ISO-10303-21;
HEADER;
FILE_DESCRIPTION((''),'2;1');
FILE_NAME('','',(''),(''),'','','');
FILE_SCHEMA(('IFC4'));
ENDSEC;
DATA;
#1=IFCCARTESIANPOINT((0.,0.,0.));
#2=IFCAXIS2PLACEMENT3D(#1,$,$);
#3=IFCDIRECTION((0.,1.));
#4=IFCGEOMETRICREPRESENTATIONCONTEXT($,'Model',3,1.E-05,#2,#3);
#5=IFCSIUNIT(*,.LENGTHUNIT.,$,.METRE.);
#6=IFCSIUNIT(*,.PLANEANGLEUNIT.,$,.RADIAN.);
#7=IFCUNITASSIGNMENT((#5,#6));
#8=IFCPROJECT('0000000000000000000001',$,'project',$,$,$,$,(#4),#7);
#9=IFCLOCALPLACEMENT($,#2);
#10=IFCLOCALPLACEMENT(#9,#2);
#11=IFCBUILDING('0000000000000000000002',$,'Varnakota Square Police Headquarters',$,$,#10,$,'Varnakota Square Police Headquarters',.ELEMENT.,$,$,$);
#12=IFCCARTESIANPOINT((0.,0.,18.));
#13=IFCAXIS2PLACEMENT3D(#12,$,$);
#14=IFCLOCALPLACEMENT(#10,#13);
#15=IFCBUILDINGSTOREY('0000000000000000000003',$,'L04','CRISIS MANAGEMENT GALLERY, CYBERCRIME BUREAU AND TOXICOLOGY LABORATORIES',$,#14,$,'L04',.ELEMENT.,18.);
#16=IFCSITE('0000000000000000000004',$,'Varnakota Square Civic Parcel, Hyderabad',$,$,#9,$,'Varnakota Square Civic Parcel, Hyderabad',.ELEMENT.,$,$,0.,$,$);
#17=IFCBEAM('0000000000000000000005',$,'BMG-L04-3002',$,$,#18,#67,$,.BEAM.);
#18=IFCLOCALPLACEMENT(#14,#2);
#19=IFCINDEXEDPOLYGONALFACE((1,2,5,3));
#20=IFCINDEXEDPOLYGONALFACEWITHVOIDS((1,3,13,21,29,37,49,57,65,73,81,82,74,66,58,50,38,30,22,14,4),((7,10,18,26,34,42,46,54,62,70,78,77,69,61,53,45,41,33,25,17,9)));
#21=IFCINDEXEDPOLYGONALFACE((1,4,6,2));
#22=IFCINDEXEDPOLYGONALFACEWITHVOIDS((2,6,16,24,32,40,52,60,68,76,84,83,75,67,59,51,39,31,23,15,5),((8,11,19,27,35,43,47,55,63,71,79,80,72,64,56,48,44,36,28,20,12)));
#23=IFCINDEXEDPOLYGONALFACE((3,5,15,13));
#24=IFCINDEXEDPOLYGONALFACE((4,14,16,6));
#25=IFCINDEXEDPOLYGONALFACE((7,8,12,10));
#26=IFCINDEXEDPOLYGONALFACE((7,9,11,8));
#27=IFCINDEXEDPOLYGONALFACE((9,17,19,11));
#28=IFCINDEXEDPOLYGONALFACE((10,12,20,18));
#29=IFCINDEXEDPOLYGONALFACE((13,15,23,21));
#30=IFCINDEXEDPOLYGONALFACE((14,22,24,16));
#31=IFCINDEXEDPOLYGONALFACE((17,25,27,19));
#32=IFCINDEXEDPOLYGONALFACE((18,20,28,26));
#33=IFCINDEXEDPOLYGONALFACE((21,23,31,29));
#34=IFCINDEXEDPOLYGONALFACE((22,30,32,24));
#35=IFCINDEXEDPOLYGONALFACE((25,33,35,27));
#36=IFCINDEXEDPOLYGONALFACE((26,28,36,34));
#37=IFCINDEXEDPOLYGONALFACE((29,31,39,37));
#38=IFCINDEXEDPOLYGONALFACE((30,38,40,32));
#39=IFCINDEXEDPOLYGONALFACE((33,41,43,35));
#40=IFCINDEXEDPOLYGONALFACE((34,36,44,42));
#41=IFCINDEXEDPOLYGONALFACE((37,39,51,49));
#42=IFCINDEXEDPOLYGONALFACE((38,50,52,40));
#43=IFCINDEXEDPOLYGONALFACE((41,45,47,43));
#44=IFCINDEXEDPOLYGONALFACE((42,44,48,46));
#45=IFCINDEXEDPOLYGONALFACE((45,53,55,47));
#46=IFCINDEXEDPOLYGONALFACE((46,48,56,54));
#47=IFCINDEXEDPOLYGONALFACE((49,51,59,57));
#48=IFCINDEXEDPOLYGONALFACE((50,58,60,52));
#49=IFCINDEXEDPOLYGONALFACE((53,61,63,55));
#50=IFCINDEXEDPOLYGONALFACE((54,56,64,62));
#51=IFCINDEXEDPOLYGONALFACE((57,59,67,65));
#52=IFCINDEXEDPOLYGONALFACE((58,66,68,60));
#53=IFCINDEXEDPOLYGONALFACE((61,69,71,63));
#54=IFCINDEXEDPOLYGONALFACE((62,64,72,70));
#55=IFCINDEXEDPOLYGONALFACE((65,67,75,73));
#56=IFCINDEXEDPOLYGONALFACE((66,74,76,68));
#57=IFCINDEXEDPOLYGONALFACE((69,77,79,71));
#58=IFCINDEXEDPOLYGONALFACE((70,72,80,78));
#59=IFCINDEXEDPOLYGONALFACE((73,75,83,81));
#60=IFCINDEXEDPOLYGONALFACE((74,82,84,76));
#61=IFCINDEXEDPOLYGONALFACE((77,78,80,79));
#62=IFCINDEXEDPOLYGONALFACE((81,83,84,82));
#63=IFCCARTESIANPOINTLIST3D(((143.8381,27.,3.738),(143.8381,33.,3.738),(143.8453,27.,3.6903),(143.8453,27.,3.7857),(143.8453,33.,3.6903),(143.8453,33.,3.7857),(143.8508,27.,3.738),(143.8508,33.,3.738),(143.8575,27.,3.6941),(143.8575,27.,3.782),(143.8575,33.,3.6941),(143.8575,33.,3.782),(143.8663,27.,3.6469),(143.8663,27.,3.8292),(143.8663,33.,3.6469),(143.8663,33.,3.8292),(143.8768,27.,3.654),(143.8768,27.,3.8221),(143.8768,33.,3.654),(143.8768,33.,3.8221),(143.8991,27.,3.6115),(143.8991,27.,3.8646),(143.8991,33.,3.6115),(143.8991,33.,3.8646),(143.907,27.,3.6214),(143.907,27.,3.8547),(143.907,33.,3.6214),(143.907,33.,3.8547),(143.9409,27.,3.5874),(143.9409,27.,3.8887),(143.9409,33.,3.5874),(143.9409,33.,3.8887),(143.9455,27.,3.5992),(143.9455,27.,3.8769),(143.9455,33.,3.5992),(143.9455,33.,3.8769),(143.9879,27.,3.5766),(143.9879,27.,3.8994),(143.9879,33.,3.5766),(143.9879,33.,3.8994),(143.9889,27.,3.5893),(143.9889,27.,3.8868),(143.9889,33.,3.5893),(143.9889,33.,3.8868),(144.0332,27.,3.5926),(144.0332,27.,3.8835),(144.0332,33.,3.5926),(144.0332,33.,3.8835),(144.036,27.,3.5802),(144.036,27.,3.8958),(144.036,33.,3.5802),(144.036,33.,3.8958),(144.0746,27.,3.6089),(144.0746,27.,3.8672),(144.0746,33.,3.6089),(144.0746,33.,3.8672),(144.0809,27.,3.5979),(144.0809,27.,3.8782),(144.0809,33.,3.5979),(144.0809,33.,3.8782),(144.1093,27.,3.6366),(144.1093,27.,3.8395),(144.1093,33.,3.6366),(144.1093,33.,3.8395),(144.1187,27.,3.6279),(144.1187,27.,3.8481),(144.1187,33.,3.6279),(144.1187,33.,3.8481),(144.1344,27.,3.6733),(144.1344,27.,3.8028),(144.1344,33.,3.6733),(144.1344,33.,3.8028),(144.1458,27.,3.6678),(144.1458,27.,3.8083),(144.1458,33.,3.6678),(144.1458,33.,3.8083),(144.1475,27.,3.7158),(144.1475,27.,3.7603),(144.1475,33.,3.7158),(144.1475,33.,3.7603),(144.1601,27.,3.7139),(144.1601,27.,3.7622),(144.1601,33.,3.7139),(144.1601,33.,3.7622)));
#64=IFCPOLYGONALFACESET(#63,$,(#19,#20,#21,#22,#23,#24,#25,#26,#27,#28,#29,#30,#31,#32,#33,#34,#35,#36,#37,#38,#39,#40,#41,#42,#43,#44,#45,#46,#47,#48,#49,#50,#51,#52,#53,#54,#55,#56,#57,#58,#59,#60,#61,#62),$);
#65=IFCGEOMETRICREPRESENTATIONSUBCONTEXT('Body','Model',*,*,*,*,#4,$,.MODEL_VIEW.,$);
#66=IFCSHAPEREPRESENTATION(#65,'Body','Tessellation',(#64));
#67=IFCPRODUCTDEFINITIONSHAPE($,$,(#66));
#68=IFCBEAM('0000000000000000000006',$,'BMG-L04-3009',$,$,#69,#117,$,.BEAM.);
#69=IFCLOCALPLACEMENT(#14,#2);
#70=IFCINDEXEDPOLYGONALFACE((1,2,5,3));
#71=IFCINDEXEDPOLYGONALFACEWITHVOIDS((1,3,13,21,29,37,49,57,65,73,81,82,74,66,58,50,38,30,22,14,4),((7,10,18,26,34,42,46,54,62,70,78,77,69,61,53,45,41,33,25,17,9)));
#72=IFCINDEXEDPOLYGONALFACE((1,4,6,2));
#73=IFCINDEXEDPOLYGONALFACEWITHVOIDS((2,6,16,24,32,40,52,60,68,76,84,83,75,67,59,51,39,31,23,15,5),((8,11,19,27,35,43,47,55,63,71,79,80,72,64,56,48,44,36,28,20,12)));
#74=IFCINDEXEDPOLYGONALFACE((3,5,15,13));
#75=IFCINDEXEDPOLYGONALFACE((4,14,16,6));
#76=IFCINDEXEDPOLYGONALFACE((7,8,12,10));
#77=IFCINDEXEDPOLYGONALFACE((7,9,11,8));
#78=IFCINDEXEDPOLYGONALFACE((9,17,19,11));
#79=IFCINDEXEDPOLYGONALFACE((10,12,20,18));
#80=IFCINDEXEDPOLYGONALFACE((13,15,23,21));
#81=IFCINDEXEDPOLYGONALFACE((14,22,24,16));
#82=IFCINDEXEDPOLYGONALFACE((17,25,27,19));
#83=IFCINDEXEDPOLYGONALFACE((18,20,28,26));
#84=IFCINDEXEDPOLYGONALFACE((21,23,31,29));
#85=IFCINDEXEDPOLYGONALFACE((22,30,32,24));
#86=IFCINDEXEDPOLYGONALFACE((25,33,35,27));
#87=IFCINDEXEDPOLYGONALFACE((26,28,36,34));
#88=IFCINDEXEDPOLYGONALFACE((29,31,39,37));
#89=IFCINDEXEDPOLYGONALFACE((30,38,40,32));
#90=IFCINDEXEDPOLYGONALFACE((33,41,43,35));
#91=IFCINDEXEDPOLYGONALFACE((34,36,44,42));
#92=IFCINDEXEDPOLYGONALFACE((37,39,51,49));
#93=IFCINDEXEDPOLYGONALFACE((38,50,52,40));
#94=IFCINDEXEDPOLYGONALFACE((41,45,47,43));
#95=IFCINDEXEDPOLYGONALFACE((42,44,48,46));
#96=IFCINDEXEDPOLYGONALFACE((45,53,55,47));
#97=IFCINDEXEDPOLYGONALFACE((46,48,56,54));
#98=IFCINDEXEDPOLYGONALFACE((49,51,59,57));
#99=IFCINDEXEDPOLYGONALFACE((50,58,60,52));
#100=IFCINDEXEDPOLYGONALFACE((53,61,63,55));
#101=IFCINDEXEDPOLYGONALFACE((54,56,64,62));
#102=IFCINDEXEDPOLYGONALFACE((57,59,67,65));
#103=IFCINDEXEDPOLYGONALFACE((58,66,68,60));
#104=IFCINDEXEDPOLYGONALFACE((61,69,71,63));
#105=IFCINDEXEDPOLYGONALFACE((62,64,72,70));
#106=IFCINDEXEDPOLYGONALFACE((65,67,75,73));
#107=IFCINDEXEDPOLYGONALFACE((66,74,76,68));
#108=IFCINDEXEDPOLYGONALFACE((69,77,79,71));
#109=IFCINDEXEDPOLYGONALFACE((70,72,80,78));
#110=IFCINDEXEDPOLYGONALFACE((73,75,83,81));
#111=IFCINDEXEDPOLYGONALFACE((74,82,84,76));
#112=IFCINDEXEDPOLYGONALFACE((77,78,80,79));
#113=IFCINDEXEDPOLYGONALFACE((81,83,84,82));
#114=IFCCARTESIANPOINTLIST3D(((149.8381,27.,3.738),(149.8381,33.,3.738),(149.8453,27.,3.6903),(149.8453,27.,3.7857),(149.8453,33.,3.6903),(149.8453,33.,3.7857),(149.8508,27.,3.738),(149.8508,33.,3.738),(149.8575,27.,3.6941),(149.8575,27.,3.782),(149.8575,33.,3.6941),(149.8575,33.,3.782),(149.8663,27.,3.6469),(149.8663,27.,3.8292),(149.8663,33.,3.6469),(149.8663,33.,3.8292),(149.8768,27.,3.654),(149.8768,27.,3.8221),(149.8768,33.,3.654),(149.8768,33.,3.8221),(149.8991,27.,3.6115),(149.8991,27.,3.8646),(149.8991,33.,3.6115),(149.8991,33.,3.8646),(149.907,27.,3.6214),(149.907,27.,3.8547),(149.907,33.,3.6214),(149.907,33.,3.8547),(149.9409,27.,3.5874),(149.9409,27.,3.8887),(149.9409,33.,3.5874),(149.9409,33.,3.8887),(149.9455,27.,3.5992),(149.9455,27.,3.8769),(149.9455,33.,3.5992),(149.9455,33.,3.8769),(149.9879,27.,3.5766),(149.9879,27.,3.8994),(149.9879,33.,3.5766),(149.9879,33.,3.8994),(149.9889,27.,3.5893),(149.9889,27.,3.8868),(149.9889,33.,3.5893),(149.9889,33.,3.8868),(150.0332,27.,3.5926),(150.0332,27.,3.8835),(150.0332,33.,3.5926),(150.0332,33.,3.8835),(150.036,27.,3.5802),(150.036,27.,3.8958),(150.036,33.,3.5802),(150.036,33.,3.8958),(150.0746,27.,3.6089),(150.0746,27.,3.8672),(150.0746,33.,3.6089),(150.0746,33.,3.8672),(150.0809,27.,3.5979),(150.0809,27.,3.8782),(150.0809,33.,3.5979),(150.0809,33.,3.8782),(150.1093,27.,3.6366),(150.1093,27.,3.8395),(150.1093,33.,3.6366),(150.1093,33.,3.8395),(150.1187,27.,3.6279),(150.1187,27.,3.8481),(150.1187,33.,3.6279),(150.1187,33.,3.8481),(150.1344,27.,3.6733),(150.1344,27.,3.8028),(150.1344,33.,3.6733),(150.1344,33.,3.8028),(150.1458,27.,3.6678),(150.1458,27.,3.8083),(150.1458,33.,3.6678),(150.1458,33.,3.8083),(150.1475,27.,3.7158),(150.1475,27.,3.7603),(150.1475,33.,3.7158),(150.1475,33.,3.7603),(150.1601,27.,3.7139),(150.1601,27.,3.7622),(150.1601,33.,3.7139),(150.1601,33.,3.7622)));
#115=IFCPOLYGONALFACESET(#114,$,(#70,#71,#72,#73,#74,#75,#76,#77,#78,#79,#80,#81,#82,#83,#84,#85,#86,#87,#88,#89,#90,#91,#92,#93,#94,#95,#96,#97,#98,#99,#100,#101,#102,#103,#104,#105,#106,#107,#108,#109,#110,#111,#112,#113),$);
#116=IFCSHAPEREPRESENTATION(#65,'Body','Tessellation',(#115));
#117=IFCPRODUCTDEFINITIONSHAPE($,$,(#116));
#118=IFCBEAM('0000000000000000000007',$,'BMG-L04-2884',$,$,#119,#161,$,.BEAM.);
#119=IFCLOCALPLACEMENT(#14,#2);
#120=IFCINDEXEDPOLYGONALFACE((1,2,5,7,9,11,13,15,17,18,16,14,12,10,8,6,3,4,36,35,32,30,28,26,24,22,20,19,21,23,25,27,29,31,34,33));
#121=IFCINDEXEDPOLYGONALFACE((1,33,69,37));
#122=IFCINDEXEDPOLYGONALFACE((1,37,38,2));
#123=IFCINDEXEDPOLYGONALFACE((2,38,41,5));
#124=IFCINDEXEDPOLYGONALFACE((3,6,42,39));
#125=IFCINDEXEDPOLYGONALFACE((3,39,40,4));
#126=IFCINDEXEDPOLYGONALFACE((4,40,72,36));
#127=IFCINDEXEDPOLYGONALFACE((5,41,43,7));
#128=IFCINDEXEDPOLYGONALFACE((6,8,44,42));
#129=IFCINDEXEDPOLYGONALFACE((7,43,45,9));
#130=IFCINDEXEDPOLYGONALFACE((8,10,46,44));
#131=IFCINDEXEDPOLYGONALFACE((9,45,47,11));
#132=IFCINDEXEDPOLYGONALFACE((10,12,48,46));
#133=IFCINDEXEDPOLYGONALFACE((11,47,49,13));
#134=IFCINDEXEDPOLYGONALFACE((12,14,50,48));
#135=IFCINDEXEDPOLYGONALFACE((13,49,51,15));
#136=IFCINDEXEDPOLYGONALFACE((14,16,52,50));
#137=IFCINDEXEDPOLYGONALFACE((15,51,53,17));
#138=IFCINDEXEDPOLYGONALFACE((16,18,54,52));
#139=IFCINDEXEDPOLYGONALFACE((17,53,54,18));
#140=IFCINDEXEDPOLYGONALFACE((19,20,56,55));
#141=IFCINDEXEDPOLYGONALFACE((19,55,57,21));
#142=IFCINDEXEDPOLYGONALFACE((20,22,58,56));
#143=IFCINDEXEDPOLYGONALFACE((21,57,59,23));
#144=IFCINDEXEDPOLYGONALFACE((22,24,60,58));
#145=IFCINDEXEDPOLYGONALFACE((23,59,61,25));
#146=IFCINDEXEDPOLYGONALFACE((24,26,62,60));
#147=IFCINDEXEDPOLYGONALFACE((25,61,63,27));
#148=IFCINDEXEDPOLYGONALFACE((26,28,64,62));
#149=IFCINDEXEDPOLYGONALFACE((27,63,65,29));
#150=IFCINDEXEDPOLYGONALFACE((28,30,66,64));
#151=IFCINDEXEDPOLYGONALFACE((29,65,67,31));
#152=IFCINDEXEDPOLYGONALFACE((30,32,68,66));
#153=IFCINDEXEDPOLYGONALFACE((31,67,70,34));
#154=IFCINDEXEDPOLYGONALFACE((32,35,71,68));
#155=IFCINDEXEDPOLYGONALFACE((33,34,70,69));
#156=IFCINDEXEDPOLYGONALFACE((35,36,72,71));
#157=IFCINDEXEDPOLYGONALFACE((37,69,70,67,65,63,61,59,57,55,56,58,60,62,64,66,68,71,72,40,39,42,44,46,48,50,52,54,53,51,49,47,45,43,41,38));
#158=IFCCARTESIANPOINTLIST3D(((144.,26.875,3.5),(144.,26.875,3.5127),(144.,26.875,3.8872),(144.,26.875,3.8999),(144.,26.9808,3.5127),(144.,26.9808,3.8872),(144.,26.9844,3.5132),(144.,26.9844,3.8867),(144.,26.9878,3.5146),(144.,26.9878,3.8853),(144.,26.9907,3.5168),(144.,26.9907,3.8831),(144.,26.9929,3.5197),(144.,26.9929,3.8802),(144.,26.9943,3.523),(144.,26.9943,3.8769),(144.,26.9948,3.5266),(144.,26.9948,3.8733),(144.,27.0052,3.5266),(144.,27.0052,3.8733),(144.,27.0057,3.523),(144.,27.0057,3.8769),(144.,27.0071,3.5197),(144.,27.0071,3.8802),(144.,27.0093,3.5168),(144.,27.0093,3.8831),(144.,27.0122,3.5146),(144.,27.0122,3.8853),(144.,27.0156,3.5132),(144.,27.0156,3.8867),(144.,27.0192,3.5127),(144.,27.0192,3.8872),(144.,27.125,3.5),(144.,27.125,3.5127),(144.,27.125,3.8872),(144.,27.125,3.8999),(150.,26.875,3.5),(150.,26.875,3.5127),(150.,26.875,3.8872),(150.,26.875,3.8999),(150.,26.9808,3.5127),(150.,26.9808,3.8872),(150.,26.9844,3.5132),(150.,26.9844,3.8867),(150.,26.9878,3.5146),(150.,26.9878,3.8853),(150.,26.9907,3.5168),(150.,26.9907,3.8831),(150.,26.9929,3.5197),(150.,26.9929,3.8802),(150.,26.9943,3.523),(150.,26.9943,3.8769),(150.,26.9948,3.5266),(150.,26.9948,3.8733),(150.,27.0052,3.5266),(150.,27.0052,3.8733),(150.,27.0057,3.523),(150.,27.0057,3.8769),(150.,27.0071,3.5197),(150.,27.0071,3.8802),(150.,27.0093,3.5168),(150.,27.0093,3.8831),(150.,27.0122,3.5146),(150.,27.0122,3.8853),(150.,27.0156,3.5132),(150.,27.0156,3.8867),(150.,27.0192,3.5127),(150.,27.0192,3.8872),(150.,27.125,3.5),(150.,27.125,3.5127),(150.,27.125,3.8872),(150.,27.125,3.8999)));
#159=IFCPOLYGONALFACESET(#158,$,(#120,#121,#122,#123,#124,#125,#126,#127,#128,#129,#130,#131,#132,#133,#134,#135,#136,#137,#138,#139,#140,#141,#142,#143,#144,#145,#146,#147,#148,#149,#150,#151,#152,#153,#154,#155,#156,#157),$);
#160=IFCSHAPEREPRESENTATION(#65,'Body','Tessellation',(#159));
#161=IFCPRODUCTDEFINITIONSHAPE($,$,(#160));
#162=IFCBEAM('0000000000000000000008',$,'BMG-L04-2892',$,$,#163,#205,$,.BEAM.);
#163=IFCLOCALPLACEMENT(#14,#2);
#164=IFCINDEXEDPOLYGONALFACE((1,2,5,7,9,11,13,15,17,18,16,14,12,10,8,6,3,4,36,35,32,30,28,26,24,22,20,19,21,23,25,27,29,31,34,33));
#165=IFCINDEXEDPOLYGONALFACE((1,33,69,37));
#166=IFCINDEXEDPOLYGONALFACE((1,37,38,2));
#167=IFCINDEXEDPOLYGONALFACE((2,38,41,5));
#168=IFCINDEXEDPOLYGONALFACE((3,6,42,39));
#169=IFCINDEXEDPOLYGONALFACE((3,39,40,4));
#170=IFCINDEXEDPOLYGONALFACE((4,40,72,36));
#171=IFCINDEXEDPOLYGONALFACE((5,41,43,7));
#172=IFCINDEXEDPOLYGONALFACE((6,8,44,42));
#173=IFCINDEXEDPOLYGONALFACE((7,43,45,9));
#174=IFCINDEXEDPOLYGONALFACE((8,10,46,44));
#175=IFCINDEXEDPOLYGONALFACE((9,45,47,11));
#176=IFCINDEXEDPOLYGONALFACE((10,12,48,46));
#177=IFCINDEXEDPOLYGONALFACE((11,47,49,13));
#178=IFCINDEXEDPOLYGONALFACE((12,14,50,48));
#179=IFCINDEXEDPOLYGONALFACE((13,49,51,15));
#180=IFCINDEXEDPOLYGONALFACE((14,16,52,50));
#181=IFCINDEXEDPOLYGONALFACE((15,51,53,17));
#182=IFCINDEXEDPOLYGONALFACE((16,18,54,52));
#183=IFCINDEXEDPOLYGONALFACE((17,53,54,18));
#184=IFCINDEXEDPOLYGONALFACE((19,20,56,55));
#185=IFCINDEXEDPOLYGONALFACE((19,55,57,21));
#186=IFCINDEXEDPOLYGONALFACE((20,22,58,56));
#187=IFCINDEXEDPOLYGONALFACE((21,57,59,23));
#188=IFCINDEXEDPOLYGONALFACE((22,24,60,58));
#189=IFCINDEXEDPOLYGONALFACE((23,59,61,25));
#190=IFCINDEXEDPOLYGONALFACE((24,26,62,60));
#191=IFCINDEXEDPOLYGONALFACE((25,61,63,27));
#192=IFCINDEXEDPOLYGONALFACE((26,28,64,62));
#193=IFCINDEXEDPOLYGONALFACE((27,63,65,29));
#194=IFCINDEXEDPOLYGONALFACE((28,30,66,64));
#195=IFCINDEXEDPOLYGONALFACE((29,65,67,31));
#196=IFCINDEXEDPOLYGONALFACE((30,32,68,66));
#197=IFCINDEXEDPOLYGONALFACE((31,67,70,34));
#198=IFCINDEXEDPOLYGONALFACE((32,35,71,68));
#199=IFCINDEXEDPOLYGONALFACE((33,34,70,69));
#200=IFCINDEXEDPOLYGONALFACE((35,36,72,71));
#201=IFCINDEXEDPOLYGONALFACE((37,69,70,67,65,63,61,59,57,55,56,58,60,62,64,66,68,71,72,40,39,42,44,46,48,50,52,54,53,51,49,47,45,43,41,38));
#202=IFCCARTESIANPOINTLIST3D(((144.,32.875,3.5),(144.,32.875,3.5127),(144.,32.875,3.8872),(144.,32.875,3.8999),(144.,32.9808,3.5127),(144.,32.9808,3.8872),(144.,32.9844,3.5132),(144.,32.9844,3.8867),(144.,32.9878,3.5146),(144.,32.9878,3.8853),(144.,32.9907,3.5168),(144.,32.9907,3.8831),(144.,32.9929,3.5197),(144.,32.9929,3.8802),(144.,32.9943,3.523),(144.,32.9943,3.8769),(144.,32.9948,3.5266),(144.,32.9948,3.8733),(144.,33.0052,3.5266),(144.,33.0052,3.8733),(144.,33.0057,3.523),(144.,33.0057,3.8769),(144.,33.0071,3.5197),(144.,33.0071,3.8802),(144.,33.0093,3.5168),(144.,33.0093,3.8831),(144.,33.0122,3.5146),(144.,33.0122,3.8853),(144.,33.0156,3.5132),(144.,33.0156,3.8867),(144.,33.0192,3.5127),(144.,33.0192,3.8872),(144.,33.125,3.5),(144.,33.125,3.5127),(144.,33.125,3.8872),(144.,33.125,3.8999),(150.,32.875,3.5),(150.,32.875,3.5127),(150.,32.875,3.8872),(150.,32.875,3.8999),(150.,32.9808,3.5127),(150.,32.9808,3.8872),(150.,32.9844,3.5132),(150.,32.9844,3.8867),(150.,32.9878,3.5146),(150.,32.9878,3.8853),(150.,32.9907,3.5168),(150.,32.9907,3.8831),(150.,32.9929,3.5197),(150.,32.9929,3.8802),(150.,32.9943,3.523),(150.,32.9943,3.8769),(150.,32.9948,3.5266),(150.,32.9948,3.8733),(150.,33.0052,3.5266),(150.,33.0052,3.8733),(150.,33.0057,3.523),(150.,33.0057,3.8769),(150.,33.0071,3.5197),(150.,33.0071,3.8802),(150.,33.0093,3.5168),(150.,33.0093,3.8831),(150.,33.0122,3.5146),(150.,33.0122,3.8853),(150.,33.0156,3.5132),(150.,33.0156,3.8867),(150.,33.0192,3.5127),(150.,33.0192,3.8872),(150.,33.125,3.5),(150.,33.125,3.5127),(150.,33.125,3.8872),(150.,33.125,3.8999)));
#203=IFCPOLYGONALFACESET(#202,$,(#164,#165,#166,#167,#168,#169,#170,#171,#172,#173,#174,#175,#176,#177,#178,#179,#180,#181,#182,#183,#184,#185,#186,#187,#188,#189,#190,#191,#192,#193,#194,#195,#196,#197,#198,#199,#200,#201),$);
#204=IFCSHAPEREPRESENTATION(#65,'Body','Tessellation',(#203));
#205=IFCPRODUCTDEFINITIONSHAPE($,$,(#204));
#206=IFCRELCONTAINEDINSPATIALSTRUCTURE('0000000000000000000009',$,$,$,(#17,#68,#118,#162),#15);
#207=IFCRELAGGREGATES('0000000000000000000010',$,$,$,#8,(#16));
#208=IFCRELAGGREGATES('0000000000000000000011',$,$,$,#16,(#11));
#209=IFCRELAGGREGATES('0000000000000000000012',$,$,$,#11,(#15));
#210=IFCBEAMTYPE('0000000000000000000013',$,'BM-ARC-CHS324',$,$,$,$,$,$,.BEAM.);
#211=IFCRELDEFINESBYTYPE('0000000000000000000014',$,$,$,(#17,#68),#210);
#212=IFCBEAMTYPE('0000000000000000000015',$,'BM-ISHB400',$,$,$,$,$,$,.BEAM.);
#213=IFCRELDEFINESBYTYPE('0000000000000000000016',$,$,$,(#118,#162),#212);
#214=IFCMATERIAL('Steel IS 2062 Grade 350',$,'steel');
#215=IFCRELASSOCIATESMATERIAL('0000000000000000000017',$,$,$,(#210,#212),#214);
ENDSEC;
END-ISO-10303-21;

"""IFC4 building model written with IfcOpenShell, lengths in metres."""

from ifc_helpers import new_model, si_unit, direction, frame, origin, origin_2d, place, context, subcontext, project, spatial, hollow_circle, i_section, extrude, material, material_profile, profile_set, type_object, element, save


model = new_model("IFC4")

# Units and contexts
model_context = context("Model", 3, precision=1e-05, world=origin(), true_north=direction((0.0, 1.0)))
body_context = subcontext(model_context, "Body", "Model", "MODEL_VIEW")
ifc_project = project(units=[si_unit("LENGTHUNIT", "METRE"), si_unit("PLANEANGLEUNIT", "RADIAN")], contexts=[model_context])

# Site, building, storey
site_placement = place(None, origin())
site = spatial("IfcSite", under=ifc_project, at=site_placement, Name="Varnakota Square Civic Parcel, Hyderabad", LongName="Varnakota Square Civic Parcel, Hyderabad", CompositionType="ELEMENT", RefElevation=0.0)
building_placement = place(site_placement, origin())
building = spatial("IfcBuilding", under=site, at=building_placement, Name="Varnakota Square Police Headquarters", LongName="Varnakota Square Police Headquarters", CompositionType="ELEMENT")
storey_placement = place(building_placement, frame((0.0, 0.0, 18.0)))
storey = spatial("IfcBuildingStorey", under=building, at=storey_placement, Name="L04", Description="CRISIS MANAGEMENT GALLERY, CYBERCRIME BUREAU AND TOXICOLOGY LABORATORIES", LongName="L04", CompositionType="ELEMENT", Elevation=18.0)

# Shared definitions
ifc_material_1 = material(Name="Steel IS 2062 Grade 350", Category="steel")

# Beams
ifc_material_profile_1 = material_profile(ifc_material_1, hollow_circle(Radius=0.1619, WallThickness=0.0127, at=origin_2d()), Name="CHS 323.9x12.7")
ifc_profile_set_1 = profile_set([ifc_material_profile_1], Name="Steel IS 2062 Grade 350")
beam_type_1 = type_object("IfcBeamType", Name="BM-ARC-CHS324", PredefinedType="BEAM", material=ifc_profile_set_1)
for number, where, z_axis, x_axis, name in (
    (1, (144.0, 27.0, 3.738), (0.0, 1.0, 0.0), (-1.0, 0.0, 0.0), "BMG-L04-3002"),
    (2, (150.0, 27.0, 3.738), (0.0, 1.0, 0.0), (-1.0, 0.0, 0.0), "BMG-L04-3009"),
):
    element("IfcBeam", number, at=place(storey_placement, frame(where, z_axis=z_axis, x_axis=x_axis)), inside=storey, type_object=beam_type_1, Name=name, PredefinedType="BEAM", context=body_context, shape_type="SweptSolid", body=[
        extrude(hollow_circle(Radius=0.1619, WallThickness=0.0127, at=origin_2d()), origin(), (0.0, 0.0, 1.0), 6.0),
    ])
ifc_material_profile_2 = material_profile(ifc_material_1, i_section(OverallWidth=0.25, OverallDepth=0.3999, WebThickness=0.0105, FlangeThickness=0.0127, FilletRadius=0.0139, at=origin_2d()), Name="ISHB 400")
ifc_profile_set_2 = profile_set([ifc_material_profile_2], Name="Steel IS 2062 Grade 350")
beam_type_2 = type_object("IfcBeamType", Name="BM-ISHB400", PredefinedType="BEAM", material=ifc_profile_set_2)
for number, where, z_axis, x_axis, name in (
    (3, (144.0, 27.0, 3.7), (1.0, 0.0, 0.0), (0.0, 1.0, 0.0), "BMG-L04-2884"),
    (4, (144.0, 33.0, 3.7), (1.0, 0.0, 0.0), (0.0, 1.0, 0.0), "BMG-L04-2892"),
):
    element("IfcBeam", number, at=place(storey_placement, frame(where, z_axis=z_axis, x_axis=x_axis)), inside=storey, type_object=beam_type_2, Name=name, PredefinedType="BEAM", context=body_context, shape_type="SweptSolid", body=[
        extrude(i_section(OverallWidth=0.25, OverallDepth=0.3999, WebThickness=0.0105, FlangeThickness=0.0127, FilletRadius=0.0139, at=origin_2d()), origin(), (0.0, 0.0, 1.0), 6.0),
    ])

save(model, "model.ifc")
